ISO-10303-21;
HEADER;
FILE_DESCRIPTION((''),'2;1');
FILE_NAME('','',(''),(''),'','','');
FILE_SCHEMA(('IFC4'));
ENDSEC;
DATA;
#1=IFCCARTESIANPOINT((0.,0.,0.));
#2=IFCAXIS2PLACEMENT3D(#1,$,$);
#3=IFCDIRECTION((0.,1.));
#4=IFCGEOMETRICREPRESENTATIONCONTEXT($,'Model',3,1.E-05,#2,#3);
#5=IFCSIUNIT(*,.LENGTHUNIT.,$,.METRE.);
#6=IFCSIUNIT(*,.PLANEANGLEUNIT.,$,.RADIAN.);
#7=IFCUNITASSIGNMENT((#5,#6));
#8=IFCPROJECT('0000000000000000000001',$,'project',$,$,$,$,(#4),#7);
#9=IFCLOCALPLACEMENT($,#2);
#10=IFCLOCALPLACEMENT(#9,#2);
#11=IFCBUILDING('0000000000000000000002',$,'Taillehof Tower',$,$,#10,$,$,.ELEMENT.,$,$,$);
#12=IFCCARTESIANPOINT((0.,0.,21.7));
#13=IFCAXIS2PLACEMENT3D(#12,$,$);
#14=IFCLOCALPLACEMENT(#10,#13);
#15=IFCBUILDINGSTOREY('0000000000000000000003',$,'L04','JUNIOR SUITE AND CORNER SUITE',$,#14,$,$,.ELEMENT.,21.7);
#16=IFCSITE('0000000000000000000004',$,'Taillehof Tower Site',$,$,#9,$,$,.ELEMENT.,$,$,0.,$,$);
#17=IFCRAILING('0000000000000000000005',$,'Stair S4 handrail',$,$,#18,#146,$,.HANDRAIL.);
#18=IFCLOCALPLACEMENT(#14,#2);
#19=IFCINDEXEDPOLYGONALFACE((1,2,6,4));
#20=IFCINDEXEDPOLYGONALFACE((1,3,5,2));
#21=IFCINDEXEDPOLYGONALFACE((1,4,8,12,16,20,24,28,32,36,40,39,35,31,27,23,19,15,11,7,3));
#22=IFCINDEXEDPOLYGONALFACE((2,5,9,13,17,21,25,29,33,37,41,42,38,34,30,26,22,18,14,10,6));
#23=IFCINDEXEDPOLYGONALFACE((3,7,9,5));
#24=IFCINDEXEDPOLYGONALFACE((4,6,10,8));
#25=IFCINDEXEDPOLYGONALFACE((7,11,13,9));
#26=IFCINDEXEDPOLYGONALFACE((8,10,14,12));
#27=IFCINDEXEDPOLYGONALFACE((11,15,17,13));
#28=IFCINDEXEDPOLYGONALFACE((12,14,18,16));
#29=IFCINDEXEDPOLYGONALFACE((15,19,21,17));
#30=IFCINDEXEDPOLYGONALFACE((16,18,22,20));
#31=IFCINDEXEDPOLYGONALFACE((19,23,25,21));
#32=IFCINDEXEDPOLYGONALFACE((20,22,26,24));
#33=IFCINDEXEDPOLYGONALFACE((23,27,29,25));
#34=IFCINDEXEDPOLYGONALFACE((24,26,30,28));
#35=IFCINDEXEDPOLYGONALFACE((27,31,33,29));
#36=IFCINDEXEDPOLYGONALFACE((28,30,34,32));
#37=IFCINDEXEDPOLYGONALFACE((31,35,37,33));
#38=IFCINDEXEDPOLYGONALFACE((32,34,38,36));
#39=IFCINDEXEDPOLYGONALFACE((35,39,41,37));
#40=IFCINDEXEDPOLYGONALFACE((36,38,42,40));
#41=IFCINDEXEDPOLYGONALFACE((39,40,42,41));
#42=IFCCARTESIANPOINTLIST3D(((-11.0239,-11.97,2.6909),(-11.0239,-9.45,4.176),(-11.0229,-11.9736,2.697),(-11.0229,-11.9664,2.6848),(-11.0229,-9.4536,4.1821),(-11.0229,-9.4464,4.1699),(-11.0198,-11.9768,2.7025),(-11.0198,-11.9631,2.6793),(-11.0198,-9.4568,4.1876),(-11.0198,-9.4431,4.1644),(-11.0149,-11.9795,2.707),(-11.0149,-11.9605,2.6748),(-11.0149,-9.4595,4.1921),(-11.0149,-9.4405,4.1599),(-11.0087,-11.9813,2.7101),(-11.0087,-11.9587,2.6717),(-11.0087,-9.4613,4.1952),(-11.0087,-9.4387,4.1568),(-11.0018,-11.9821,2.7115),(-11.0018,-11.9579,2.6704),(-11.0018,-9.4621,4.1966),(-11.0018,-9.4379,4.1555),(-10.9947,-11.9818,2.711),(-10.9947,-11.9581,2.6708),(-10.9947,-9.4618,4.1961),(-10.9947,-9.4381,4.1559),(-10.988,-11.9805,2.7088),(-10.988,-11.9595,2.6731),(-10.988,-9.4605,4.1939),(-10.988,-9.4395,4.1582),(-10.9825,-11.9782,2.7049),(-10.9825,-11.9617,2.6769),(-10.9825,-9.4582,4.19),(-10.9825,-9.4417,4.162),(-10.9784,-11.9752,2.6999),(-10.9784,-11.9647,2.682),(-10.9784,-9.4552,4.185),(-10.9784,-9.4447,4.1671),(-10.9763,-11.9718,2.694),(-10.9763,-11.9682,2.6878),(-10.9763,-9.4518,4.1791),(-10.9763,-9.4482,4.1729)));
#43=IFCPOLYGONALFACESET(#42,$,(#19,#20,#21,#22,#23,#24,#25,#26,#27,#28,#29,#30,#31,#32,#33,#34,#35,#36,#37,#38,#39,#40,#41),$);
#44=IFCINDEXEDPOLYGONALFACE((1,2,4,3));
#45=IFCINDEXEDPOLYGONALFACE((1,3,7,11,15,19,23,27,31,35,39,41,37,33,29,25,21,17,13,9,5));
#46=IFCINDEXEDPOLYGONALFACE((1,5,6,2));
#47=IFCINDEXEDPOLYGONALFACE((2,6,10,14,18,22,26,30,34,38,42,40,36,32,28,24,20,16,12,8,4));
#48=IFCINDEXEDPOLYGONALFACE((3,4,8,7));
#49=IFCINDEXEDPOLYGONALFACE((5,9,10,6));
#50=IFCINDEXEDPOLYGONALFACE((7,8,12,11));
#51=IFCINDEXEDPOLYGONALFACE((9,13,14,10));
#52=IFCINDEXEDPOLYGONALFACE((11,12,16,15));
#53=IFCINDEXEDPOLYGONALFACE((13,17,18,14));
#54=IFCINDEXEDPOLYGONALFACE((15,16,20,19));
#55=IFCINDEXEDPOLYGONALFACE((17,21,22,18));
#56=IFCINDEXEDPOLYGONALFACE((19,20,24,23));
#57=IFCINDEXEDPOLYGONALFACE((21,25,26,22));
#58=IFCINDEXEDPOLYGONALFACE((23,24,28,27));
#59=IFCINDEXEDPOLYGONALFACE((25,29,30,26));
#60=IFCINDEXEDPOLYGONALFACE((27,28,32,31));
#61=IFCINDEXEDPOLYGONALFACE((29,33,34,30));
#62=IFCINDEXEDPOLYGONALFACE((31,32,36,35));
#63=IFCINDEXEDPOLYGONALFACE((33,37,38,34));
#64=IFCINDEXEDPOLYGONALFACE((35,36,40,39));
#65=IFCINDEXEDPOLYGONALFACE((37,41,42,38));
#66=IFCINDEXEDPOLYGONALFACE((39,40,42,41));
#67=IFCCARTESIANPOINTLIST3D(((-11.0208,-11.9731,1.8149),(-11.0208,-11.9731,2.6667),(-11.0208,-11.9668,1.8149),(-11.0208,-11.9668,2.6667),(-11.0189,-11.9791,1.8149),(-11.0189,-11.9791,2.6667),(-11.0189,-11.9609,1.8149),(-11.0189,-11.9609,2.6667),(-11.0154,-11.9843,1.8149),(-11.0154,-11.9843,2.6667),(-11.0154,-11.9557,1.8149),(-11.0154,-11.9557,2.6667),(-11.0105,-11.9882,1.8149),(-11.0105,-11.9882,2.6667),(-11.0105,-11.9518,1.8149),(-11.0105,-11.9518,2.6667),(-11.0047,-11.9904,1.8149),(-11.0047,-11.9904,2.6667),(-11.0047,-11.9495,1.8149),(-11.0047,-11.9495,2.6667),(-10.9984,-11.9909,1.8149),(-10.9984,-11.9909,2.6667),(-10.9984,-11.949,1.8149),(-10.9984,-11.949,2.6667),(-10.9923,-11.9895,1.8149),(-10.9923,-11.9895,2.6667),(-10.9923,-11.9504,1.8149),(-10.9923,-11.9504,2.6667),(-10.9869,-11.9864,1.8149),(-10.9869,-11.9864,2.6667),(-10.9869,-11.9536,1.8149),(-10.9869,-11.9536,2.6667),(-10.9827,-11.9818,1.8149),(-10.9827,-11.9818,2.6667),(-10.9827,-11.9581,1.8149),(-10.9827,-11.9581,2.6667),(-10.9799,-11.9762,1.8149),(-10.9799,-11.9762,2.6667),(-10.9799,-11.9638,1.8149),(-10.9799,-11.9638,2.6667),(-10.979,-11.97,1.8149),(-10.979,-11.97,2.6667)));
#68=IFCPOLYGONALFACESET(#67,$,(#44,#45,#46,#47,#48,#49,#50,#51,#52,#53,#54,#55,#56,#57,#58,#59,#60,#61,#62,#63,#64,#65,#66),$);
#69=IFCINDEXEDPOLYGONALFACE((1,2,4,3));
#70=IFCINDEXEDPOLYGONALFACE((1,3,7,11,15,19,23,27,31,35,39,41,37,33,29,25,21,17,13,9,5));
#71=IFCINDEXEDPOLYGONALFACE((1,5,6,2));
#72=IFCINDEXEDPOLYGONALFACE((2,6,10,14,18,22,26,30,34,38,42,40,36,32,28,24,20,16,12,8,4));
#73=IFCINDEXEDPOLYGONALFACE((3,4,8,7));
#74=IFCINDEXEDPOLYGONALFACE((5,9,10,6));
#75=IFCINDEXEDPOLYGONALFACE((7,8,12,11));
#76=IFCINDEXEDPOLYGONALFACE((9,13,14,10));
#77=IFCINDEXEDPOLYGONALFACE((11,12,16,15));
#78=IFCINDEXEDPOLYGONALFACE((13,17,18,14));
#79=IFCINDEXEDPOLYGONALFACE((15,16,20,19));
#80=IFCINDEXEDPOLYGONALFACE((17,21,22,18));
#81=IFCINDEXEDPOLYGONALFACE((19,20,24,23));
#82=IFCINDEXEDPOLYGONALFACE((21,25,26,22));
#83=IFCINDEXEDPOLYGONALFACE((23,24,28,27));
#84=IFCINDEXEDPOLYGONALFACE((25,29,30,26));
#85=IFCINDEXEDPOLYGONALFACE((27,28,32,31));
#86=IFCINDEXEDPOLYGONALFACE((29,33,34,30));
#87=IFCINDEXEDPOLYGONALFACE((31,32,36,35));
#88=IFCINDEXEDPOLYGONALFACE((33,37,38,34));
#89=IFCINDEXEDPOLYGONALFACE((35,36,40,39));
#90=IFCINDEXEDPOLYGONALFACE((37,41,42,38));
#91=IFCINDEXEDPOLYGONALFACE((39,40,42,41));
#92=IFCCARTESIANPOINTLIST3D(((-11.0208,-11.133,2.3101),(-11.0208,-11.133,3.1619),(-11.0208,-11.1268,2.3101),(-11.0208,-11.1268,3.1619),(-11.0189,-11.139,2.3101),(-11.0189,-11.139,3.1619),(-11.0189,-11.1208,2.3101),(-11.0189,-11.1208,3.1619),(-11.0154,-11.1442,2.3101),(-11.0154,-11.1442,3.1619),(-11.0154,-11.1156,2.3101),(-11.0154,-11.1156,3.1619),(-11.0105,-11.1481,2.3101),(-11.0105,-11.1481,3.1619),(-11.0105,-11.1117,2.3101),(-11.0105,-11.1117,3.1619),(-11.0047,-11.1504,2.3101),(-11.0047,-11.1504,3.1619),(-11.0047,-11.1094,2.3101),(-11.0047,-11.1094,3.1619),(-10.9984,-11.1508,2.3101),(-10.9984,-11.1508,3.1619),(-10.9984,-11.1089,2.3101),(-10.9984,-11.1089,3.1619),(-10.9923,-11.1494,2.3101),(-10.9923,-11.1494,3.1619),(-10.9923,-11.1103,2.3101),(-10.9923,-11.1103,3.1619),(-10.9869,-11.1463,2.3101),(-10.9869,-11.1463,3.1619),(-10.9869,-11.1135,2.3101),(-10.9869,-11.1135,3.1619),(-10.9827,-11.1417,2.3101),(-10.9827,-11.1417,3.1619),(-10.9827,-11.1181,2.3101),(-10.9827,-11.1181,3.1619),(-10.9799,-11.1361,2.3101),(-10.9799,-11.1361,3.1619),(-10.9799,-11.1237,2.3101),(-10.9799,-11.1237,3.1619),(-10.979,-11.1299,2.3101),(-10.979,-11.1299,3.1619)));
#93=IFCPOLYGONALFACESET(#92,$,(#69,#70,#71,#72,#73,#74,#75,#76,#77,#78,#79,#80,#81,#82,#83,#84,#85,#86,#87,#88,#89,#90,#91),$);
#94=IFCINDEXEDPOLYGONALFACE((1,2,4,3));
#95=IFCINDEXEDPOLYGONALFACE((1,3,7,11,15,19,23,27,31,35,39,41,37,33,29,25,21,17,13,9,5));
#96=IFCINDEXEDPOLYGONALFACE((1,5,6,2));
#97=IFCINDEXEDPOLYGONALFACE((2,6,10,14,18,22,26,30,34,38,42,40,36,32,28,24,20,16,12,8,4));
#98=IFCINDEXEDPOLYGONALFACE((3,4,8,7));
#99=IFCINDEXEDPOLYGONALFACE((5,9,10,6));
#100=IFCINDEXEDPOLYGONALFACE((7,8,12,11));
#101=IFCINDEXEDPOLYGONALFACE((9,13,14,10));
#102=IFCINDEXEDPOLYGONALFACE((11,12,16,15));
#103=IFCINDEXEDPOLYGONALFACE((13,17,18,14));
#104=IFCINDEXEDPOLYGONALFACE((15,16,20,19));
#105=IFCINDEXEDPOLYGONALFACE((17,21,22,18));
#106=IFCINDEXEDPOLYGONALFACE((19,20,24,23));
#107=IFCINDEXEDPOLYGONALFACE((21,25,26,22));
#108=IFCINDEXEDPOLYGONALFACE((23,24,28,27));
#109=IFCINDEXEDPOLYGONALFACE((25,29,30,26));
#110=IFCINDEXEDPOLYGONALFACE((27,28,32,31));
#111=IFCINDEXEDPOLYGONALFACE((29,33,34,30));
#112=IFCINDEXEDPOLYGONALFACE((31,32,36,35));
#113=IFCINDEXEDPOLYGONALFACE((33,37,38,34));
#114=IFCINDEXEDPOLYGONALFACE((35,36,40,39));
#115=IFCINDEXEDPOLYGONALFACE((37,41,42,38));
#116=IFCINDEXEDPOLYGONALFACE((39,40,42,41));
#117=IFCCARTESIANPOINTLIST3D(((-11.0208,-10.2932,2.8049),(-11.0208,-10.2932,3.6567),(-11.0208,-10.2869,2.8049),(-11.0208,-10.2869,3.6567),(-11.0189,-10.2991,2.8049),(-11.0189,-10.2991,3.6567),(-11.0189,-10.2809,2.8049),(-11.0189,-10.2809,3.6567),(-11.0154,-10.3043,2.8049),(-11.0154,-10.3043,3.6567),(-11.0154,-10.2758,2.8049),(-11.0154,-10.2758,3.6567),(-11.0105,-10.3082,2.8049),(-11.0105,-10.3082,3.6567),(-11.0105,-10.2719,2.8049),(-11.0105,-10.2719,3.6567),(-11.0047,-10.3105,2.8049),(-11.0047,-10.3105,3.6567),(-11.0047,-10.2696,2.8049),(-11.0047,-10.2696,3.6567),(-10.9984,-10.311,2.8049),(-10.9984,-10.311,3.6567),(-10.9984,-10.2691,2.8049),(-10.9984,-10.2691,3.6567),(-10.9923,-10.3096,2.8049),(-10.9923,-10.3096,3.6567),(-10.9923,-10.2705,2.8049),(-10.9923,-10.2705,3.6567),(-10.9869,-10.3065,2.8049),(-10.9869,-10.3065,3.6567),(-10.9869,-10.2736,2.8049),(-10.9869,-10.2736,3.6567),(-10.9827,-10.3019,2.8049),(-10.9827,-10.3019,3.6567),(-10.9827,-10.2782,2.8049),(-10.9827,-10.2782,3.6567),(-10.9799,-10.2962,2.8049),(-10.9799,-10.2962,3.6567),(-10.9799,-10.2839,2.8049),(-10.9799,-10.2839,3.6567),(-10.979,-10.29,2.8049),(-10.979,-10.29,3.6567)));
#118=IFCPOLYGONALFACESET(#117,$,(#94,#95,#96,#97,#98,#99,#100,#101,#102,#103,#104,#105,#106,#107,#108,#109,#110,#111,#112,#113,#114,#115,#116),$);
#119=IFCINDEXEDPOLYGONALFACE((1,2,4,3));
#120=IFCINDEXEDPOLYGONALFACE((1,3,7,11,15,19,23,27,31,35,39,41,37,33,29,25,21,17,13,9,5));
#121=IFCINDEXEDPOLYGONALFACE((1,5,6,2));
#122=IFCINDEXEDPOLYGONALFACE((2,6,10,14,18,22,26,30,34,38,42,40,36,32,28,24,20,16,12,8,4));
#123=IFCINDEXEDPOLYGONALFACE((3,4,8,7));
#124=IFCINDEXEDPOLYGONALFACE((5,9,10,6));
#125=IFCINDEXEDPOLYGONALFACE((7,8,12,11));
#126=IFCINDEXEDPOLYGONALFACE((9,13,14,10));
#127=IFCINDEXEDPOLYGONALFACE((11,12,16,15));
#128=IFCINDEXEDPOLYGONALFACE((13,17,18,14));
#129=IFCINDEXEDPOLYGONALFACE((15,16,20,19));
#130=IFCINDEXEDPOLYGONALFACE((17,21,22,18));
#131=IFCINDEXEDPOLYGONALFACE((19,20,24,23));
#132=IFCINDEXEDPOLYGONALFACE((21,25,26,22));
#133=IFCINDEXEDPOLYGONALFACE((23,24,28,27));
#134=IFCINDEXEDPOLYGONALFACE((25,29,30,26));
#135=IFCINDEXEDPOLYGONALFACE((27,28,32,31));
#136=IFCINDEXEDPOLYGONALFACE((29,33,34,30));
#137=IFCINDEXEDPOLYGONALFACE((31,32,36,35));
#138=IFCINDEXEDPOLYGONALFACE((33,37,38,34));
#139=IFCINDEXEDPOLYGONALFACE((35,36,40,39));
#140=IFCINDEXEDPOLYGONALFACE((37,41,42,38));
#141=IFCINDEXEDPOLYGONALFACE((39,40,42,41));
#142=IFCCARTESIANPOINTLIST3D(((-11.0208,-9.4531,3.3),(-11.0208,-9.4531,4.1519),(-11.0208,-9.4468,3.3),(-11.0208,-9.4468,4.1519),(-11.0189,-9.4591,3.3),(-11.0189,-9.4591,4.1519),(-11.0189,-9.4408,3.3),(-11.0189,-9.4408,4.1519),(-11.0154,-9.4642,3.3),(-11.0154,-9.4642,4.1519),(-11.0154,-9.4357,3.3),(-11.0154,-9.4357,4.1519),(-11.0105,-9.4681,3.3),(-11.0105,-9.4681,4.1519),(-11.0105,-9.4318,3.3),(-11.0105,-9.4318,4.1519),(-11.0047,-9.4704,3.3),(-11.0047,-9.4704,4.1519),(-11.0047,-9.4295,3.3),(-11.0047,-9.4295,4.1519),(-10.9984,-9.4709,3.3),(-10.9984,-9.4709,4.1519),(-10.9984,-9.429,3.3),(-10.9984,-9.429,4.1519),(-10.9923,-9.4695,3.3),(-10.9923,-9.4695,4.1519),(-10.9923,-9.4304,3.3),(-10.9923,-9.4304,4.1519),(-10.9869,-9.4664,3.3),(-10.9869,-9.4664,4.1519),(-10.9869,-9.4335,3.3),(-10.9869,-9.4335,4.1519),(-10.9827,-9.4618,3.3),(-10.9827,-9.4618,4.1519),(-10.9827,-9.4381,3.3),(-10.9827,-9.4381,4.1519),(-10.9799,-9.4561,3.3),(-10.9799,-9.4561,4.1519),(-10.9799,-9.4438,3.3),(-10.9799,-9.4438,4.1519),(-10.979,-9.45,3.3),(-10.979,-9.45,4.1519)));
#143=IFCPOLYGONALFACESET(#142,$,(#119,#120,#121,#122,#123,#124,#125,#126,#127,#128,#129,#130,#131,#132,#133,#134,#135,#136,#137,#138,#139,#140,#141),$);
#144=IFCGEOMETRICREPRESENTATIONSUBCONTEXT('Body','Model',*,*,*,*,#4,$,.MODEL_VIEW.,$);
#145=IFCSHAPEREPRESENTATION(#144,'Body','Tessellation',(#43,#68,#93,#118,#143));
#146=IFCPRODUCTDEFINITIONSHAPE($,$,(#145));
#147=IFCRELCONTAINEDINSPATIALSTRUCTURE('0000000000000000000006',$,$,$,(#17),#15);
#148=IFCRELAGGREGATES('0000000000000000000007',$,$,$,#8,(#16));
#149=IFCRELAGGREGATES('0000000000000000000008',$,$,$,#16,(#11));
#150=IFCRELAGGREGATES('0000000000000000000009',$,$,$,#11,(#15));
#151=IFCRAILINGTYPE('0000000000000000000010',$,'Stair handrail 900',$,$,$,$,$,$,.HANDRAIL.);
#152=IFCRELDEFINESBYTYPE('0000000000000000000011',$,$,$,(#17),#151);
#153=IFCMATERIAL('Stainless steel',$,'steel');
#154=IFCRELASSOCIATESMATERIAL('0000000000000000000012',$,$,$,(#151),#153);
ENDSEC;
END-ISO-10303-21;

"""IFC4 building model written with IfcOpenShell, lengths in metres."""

from ifc_helpers import new_model, si_unit, direction, frame, origin, origin_2d, place, context, subcontext, project, spatial, circle, extrude, material, type_object, element, save


model = new_model("IFC4")

# Units and contexts
model_context = context("Model", 3, precision=1e-05, world=origin(), true_north=direction((0.0, 1.0)))
body_context = subcontext(model_context, "Body", "Model", "MODEL_VIEW")
ifc_project = project(units=[si_unit("LENGTHUNIT", "METRE"), si_unit("PLANEANGLEUNIT", "RADIAN")], contexts=[model_context])

# Site, building, storey
site_placement = place(None, origin())
site = spatial("IfcSite", under=ifc_project, at=site_placement, Name="Taillehof Tower Site", CompositionType="ELEMENT", RefElevation=0.0)
building_placement = place(site_placement, origin())
building = spatial("IfcBuilding", under=site, at=building_placement, Name="Taillehof Tower", CompositionType="ELEMENT")
storey_placement = place(building_placement, frame((0.0, 0.0, 21.7)))
storey = spatial("IfcBuildingStorey", under=building, at=storey_placement, Name="L04", Description="JUNIOR SUITE AND CORNER SUITE", CompositionType="ELEMENT", Elevation=21.7)

# Railing
ifc_material_1 = material(Name="Stainless steel", Category="steel")
railing_type = type_object("IfcRailingType", Name="Stair handrail 900", PredefinedType="HANDRAIL", material=ifc_material_1)
railing_placement = place(storey_placement, frame((-11.0, -11.97, 1.8149)))
element("IfcRailing", 1, at=railing_placement, inside=storey, type_object=railing_type, Name="Stair S4 handrail", PredefinedType="HANDRAIL", context=body_context, shape_type="SweptSolid", body=[
    extrude(circle(Radius=0.0239, at=origin_2d()), frame((0.0, 0.0, 0.876), z_axis=(0.0, 0.861524, 0.507717), x_axis=(-1.0, 0.0, 0.0)), (0.0, 0.0, 1.0), 2.925),
    extrude(circle(Radius=0.021, at=origin_2d()), origin(), (0.0, 0.0, 1.0), 0.8518),
    extrude(circle(Radius=0.021, at=origin_2d()), frame((0.0, 0.8401, 0.4951)), (0.0, 0.0, 1.0), 0.8518),
    extrude(circle(Radius=0.021, at=origin_2d()), frame((0.0, 1.6799, 0.99)), (0.0, 0.0, 1.0), 0.8518),
    extrude(circle(Radius=0.021, at=origin_2d()), frame((0.0, 2.52, 1.4851)), (0.0, 0.0, 1.0), 0.8518),
])

save(model, "model.ifc")
